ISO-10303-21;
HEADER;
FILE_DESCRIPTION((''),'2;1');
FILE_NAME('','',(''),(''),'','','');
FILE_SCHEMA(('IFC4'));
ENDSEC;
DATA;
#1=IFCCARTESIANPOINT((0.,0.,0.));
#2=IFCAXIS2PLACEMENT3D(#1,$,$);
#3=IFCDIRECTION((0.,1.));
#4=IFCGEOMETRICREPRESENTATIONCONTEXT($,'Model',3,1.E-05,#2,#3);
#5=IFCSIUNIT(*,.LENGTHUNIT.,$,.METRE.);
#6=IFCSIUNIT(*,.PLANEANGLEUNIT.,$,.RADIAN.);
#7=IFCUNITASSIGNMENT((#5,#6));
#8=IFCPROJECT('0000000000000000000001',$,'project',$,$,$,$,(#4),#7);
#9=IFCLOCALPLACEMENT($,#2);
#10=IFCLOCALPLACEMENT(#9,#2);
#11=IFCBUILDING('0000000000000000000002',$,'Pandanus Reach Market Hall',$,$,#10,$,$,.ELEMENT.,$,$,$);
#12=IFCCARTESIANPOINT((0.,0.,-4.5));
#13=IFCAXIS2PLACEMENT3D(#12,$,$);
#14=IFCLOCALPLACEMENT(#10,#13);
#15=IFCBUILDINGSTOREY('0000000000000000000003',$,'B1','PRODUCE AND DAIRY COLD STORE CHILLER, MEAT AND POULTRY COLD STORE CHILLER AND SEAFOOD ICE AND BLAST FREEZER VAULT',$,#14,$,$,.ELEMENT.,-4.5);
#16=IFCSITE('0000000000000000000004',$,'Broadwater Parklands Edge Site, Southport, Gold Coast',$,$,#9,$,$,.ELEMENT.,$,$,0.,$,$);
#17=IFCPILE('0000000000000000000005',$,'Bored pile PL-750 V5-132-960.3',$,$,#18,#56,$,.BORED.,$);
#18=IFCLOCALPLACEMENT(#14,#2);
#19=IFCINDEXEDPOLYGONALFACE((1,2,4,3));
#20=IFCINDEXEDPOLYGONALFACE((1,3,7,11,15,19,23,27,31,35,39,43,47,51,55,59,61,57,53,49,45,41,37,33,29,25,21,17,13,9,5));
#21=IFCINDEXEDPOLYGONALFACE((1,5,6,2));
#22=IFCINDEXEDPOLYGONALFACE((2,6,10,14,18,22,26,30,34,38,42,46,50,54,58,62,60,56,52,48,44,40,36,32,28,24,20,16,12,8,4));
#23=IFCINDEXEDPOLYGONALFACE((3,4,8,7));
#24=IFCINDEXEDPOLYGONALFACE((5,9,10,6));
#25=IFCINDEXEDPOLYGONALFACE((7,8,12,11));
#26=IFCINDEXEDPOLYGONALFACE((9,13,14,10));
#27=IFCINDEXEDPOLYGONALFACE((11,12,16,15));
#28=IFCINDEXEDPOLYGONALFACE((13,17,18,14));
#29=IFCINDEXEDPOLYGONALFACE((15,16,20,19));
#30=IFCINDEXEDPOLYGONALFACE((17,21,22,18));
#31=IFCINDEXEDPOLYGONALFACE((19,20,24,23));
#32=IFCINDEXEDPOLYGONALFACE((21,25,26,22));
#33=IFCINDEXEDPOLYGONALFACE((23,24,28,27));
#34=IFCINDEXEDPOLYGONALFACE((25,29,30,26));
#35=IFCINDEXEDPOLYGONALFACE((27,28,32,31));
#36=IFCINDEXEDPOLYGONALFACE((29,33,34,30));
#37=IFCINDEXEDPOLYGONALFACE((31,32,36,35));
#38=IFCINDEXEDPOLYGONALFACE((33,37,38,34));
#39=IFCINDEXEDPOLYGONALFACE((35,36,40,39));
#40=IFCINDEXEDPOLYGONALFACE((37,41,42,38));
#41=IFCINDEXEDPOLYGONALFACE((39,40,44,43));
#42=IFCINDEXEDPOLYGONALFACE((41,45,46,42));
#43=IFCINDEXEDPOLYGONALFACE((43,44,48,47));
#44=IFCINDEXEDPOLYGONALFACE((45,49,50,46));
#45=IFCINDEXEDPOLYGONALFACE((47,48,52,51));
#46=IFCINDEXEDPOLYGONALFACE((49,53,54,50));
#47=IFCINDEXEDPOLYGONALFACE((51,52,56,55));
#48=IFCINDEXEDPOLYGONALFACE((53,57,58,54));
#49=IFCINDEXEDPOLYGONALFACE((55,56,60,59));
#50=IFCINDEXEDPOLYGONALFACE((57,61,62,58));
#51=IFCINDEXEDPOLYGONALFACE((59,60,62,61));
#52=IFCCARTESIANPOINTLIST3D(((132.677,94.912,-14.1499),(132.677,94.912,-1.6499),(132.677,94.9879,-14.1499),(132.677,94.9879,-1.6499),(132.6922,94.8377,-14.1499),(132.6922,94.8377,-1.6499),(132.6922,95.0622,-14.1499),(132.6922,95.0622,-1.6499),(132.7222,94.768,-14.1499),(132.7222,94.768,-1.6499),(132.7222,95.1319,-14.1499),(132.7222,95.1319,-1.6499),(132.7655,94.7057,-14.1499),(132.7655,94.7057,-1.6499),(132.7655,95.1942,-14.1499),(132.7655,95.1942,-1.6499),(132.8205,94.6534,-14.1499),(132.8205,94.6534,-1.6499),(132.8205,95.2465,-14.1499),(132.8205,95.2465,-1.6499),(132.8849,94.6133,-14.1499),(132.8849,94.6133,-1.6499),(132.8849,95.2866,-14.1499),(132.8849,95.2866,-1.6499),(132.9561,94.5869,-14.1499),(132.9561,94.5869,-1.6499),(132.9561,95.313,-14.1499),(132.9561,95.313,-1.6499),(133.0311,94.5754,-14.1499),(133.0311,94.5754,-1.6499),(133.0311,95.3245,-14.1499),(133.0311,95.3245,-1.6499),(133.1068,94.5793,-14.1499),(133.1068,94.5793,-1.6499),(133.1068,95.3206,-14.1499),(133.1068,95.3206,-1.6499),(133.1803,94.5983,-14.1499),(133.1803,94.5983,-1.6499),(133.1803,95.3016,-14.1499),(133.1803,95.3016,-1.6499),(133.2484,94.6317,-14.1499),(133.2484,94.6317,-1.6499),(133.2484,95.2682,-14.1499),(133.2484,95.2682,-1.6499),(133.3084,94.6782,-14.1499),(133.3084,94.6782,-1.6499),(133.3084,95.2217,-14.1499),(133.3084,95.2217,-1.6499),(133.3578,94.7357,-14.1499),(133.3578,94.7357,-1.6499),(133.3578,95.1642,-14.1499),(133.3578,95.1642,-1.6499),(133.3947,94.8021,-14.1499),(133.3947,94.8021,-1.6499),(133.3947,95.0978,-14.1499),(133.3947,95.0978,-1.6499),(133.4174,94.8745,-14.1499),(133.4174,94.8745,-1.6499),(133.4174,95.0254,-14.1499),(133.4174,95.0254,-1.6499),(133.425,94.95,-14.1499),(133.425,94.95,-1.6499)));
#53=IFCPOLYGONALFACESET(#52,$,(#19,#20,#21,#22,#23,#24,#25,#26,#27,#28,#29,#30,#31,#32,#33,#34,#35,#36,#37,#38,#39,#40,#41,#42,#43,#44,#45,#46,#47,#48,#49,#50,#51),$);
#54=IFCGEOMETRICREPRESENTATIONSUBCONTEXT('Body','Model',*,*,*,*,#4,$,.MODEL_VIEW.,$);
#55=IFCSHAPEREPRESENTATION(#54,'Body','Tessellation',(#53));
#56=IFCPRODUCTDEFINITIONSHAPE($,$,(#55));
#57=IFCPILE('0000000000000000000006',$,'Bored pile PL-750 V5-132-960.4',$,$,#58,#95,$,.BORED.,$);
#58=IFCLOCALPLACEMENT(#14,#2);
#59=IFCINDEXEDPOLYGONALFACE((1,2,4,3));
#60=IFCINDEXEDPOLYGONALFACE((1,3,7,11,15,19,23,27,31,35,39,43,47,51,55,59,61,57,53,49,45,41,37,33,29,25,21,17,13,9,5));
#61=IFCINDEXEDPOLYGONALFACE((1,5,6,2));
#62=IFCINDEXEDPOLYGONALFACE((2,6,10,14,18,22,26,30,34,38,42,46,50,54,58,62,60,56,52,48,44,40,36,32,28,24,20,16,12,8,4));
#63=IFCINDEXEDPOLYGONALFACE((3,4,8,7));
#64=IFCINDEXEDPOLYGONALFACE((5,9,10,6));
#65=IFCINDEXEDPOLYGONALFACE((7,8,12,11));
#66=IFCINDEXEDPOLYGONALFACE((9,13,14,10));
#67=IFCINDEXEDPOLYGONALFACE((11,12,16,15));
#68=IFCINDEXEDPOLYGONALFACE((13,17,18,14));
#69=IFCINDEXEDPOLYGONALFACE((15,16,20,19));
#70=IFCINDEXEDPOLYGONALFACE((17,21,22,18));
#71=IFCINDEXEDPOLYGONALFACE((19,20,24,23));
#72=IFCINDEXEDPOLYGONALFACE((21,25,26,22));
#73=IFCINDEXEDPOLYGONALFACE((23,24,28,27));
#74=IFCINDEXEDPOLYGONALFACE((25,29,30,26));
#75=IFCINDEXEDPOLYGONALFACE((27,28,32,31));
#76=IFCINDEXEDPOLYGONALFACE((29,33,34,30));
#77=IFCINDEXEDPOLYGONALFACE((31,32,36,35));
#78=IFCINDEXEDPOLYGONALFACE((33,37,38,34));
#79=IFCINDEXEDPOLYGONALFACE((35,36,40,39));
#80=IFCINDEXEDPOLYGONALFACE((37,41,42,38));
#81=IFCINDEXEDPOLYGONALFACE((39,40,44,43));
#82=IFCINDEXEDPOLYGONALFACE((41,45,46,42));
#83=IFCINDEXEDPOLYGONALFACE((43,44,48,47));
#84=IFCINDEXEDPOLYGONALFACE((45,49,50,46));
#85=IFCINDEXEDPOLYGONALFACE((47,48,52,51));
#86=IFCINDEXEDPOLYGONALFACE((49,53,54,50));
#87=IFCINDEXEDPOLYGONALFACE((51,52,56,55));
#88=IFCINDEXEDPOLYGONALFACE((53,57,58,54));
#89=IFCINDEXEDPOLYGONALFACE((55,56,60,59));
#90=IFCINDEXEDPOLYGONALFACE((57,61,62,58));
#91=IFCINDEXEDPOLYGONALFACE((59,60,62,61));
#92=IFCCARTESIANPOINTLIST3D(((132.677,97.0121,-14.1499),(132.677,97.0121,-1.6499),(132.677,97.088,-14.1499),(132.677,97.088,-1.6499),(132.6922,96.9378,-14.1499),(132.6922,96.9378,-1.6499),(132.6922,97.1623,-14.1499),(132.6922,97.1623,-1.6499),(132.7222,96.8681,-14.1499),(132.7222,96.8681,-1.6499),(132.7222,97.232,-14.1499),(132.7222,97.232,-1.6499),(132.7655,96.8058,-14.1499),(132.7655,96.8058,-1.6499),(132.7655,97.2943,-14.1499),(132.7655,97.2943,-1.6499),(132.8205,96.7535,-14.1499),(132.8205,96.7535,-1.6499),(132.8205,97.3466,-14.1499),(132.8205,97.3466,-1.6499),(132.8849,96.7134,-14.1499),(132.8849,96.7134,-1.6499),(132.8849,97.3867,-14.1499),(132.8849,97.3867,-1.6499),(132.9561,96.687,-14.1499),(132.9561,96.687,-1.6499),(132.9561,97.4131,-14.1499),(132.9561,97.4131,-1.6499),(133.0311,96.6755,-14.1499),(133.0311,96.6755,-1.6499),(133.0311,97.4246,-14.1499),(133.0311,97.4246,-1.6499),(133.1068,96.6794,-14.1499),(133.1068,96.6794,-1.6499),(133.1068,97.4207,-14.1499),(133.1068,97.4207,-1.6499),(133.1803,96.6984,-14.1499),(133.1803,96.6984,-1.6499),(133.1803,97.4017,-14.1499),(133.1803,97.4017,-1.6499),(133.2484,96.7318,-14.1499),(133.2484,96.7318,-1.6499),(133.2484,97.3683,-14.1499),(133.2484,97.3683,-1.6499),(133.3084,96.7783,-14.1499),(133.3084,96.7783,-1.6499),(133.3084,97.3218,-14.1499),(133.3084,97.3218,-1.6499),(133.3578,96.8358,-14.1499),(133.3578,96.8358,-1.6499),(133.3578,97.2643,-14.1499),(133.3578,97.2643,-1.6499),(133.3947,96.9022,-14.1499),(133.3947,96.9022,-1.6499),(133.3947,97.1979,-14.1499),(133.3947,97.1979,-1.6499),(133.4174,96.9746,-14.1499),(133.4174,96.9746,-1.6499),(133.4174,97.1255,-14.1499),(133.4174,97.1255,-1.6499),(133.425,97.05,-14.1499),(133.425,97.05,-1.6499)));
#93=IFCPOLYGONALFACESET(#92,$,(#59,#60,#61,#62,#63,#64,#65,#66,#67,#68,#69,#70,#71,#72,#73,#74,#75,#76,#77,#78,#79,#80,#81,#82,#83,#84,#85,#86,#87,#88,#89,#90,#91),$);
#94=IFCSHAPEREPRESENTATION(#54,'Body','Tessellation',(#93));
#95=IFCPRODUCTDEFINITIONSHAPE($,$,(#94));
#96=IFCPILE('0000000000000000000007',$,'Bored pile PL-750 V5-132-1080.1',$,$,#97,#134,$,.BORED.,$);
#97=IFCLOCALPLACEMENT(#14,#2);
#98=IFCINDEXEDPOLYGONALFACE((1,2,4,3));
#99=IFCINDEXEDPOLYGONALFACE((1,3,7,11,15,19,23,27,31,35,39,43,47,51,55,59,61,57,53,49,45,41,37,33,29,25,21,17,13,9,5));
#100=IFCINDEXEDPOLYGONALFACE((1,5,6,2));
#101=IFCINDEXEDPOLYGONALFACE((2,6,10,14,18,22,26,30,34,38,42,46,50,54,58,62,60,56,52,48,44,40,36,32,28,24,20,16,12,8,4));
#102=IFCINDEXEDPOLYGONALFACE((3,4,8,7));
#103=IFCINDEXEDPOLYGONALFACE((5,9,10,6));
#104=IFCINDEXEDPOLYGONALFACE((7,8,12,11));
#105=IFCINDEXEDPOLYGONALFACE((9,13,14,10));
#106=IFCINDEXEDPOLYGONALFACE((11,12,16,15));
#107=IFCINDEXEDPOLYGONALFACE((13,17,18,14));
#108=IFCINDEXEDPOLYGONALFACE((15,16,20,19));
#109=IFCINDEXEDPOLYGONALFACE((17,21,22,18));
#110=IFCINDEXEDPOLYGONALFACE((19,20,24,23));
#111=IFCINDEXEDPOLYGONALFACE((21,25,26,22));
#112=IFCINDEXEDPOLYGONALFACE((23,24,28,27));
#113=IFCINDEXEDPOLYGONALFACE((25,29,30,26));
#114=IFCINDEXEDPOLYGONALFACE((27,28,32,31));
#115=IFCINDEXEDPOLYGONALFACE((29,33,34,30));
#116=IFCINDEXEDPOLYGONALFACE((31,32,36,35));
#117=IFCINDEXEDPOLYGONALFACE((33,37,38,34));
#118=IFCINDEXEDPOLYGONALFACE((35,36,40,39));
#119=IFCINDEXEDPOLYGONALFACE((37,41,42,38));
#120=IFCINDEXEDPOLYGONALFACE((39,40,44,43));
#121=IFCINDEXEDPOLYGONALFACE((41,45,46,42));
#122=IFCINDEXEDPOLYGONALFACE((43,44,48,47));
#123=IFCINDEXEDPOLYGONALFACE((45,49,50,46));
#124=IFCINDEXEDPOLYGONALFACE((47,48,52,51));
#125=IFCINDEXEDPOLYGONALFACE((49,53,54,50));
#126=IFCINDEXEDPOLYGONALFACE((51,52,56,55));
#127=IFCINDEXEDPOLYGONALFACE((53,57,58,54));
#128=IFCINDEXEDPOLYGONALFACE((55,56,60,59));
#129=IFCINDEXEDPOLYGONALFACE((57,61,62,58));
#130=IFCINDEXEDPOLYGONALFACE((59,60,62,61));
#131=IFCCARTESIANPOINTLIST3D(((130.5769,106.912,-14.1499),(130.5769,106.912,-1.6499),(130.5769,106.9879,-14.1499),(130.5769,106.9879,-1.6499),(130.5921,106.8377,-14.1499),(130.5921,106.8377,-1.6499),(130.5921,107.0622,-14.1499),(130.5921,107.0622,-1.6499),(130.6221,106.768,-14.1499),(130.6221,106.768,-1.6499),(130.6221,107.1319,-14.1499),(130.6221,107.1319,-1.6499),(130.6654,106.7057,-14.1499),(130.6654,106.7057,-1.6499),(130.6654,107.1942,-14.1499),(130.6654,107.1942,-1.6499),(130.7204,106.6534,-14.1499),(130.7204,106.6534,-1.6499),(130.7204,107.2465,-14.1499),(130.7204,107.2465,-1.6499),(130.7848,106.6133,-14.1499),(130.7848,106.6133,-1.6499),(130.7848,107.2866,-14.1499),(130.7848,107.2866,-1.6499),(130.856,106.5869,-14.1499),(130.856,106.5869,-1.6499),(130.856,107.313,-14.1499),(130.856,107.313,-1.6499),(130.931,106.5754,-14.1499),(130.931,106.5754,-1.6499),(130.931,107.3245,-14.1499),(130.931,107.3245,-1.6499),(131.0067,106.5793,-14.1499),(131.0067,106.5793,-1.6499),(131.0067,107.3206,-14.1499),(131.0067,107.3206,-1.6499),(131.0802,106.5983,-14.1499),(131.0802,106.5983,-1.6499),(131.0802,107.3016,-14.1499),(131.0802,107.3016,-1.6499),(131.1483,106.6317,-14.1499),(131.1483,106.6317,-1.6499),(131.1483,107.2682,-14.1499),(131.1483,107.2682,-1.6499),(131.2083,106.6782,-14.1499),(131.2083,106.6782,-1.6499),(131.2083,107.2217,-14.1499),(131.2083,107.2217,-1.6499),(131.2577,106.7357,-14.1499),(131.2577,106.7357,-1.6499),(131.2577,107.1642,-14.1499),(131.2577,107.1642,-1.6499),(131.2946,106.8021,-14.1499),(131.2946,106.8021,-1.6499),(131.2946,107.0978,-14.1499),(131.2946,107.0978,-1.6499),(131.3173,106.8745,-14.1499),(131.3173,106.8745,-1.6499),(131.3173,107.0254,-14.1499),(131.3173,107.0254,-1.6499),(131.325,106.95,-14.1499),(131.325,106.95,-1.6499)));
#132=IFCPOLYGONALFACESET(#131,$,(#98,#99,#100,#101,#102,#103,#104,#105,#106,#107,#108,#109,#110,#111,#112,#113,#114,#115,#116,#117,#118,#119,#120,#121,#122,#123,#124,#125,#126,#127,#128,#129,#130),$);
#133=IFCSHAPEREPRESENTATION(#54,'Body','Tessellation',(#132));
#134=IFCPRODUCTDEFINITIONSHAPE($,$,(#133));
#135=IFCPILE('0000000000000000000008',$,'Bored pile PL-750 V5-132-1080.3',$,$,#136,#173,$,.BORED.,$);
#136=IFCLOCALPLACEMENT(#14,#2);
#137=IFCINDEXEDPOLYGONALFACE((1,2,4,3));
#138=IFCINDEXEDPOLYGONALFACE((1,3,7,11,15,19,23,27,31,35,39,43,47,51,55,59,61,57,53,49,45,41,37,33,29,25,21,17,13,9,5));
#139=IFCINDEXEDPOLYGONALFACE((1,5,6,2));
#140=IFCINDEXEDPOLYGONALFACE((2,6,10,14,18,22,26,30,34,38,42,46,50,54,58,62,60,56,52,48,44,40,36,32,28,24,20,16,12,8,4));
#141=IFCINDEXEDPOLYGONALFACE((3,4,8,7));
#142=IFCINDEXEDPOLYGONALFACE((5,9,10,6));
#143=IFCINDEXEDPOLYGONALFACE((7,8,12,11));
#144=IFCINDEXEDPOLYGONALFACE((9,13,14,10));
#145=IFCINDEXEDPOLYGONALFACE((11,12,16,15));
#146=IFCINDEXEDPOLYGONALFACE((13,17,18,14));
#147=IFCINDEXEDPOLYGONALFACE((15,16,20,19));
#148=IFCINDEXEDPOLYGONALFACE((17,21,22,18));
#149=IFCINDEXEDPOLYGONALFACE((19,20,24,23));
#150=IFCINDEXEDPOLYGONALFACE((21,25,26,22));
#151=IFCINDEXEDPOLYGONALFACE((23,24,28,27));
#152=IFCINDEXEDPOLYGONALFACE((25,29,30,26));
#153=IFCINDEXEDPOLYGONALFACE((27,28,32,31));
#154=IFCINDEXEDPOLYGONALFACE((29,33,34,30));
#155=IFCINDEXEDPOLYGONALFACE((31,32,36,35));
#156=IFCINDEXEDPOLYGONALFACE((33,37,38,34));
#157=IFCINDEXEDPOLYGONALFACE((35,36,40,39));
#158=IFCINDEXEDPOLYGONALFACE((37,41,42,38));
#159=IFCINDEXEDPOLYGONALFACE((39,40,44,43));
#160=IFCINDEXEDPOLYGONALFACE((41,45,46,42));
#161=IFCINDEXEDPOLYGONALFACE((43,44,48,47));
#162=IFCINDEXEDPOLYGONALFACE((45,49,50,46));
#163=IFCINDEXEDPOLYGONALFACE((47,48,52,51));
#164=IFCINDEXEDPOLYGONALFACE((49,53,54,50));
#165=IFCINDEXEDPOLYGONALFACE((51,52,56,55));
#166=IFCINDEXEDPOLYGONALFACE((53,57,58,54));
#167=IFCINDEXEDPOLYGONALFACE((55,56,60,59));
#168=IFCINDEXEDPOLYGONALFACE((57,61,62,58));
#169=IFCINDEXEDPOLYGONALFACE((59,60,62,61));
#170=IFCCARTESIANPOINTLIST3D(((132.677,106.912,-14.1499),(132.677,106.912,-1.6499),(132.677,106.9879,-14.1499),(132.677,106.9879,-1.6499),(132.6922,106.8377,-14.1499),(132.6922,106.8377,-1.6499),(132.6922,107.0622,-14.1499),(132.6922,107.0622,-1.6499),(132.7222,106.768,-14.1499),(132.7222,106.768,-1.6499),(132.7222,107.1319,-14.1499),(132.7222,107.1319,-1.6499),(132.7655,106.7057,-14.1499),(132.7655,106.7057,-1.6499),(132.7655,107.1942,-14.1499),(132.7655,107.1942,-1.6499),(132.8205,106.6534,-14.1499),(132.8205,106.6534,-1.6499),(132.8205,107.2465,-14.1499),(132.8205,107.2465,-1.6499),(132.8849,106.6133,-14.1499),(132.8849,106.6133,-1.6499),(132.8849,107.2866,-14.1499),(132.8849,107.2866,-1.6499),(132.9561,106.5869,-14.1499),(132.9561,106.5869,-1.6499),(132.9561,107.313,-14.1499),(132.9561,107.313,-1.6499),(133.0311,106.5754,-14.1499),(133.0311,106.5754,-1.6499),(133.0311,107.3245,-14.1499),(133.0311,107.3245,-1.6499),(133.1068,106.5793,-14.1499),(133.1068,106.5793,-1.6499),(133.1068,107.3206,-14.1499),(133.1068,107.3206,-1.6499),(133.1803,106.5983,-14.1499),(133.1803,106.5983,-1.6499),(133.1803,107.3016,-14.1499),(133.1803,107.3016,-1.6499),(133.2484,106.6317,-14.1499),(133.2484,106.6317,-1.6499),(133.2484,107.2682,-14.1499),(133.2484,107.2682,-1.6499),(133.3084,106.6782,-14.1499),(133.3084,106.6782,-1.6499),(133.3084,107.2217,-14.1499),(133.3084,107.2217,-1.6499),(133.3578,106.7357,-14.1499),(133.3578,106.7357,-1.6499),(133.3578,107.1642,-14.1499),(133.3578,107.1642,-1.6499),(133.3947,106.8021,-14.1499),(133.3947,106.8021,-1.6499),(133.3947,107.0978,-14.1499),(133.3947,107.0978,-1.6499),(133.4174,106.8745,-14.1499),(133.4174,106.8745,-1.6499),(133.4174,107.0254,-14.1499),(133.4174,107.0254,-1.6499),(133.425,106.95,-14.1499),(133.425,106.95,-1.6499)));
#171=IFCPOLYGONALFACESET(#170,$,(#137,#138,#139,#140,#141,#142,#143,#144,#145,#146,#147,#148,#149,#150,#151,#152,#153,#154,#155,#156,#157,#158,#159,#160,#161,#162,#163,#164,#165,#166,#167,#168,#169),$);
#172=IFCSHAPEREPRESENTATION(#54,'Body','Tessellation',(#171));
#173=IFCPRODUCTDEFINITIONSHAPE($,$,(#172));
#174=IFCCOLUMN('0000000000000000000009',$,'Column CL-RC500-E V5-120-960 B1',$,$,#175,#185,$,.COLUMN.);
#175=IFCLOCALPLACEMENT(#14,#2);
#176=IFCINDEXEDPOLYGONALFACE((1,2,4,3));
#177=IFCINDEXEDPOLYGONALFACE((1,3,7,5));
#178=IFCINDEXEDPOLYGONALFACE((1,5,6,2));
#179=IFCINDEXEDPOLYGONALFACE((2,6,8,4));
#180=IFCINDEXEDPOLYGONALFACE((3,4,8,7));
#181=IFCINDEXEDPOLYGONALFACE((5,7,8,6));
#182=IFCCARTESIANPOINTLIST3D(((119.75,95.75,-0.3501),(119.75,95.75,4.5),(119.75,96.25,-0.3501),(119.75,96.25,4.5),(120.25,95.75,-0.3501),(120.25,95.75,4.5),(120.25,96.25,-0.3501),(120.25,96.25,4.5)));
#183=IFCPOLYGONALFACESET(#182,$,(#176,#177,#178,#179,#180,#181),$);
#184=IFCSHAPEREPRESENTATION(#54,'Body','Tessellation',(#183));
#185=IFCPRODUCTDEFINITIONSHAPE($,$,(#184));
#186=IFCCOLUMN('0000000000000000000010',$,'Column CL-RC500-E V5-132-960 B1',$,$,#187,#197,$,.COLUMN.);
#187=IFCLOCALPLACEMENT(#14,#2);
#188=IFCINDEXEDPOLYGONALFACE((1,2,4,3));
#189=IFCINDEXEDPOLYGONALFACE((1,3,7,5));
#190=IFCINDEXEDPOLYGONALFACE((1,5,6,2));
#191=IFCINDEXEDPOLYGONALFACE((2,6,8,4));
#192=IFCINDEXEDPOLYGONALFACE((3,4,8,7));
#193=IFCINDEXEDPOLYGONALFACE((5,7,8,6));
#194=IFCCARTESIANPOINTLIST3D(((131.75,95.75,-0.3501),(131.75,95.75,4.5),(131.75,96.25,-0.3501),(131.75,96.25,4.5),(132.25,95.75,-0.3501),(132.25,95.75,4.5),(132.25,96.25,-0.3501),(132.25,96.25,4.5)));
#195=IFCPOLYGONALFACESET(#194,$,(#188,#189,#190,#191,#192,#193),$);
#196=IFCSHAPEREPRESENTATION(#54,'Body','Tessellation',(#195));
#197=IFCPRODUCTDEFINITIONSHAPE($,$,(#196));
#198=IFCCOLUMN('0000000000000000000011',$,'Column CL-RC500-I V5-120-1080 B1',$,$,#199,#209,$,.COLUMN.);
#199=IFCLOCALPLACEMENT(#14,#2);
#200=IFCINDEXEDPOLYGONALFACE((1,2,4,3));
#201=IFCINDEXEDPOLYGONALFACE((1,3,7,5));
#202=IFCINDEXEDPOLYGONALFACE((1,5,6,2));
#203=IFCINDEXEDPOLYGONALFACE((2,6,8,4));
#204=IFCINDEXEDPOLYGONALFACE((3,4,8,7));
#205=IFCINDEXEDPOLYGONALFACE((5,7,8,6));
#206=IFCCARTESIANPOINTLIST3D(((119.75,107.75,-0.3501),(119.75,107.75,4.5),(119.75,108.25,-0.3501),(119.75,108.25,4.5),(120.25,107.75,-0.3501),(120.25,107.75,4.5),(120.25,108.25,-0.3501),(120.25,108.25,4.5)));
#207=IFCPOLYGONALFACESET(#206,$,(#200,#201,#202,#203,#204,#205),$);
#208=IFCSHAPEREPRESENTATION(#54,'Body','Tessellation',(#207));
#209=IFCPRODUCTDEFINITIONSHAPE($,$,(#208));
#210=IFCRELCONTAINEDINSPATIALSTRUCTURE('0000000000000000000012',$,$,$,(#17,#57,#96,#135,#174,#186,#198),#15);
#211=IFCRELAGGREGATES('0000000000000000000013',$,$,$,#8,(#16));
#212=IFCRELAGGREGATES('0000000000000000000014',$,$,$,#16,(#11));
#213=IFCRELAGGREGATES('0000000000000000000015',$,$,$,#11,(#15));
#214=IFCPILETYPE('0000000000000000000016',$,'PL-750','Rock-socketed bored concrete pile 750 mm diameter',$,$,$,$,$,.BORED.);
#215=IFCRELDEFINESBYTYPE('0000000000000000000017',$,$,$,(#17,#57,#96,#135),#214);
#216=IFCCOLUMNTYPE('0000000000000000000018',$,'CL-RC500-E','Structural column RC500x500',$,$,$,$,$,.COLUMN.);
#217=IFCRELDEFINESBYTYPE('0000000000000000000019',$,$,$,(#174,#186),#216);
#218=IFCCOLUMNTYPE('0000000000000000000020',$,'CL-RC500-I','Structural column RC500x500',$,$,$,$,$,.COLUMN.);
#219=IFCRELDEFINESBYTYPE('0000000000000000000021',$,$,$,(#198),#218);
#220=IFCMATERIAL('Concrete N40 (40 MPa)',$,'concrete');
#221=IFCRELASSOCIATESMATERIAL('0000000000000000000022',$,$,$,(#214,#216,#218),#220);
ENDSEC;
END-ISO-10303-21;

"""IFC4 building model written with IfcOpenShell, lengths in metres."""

from ifc_helpers import new_model, si_unit, direction, frame, origin, origin_2d, place, context, subcontext, project, spatial, rectangle, circle, extrude, material, material_profile, profile_set, type_object, element, save


model = new_model("IFC4")

# Units and contexts
model_context = context("Model", 3, precision=1e-05, world=origin(), true_north=direction((0.0, 1.0)))
body_context = subcontext(model_context, "Body", "Model", "MODEL_VIEW")
ifc_project = project(units=[si_unit("LENGTHUNIT", "METRE"), si_unit("PLANEANGLEUNIT", "RADIAN")], contexts=[model_context])

# Site, building, storey
site_placement = place(None, origin())
site = spatial("IfcSite", under=ifc_project, at=site_placement, Name="Broadwater Parklands Edge Site, Southport, Gold Coast", CompositionType="ELEMENT", RefElevation=0.0)
building_placement = place(site_placement, origin())
building = spatial("IfcBuilding", under=site, at=building_placement, Name="Pandanus Reach Market Hall", CompositionType="ELEMENT")
storey_placement = place(building_placement, frame((0.0, 0.0, -4.5)))
storey = spatial("IfcBuildingStorey", under=building, at=storey_placement, Name="B1", Description="PRODUCE AND DAIRY COLD STORE CHILLER, MEAT AND POULTRY COLD STORE CHILLER AND SEAFOOD ICE AND BLAST FREEZER VAULT", CompositionType="ELEMENT", Elevation=-4.5)

# Shared definitions
ifc_material_1 = material(Name="Concrete N40 (40 MPa)", Category="concrete")

# Piles
ifc_material_profile_1 = material_profile(ifc_material_1, circle(Radius=0.375, at=origin_2d()), Name="PILE-750D", Category="LoadBearing")
ifc_profile_set_1 = profile_set([ifc_material_profile_1], Name="Concrete N40 (40 MPa)")
pile_type = type_object("IfcPileType", Name="PL-750", Description="Rock-socketed bored concrete pile 750 mm diameter", PredefinedType="BORED", material=ifc_profile_set_1)
for number, where, z_axis, x_axis, name in (
    (1, (133.05, 94.95, -1.6499), (0.0, 0.0, -1.0), (1.0, 0.0, 0.0), "Bored pile PL-750 V5-132-960.3"),
    (2, (133.05, 97.05, -1.6499), (0.0, 0.0, -1.0), (1.0, 0.0, 0.0), "Bored pile PL-750 V5-132-960.4"),
    (3, (130.95, 106.95, -1.6499), (0.0, 0.0, -1.0), (1.0, 0.0, 0.0), "Bored pile PL-750 V5-132-1080.1"),
    (4, (133.05, 106.95, -1.6499), (0.0, 0.0, -1.0), (1.0, 0.0, 0.0), "Bored pile PL-750 V5-132-1080.3"),
):
    element("IfcPile", number, at=place(storey_placement, frame(where, z_axis=z_axis, x_axis=x_axis)), inside=storey, type_object=pile_type, Name=name, PredefinedType="BORED", context=body_context, shape_type="SweptSolid", body=[
        extrude(circle(Radius=0.375, at=origin_2d()), origin(), (0.0, 0.0, 1.0), 12.5),
    ])

# Columns
ifc_material_profile_2 = material_profile(ifc_material_1, rectangle(XDim=0.5, YDim=0.5, at=origin_2d()), Name="RC500x500", Category="LoadBearing")
ifc_profile_set_2 = profile_set([ifc_material_profile_2], Name="Concrete N40 (40 MPa)")
column_type_1 = type_object("IfcColumnType", Name="CL-RC500-E", Description="Structural column RC500x500", PredefinedType="COLUMN", material=ifc_profile_set_2)
for number, where, z_axis, x_axis, name in (
    (5, (120.0, 96.0, -0.3501), (0.0, 0.0, 1.0), (1.0, 0.0, 0.0), "Column CL-RC500-E V5-120-960 B1"),
    (6, (132.0, 96.0, -0.3501), (0.0, 0.0, 1.0), (1.0, 0.0, 0.0), "Column CL-RC500-E V5-132-960 B1"),
):
    element("IfcColumn", number, at=place(storey_placement, frame(where, z_axis=z_axis, x_axis=x_axis)), inside=storey, type_object=column_type_1, Name=name, PredefinedType="COLUMN", context=body_context, shape_type="SweptSolid", body=[
        extrude(rectangle(XDim=0.5, YDim=0.5, at=origin_2d()), origin(), (0.0, 0.0, 1.0), 4.8501),
    ])
ifc_material_profile_3 = material_profile(ifc_material_1, rectangle(XDim=0.5, YDim=0.5, at=origin_2d()), Name="RC500x500", Category="LoadBearing")
ifc_profile_set_3 = profile_set([ifc_material_profile_3], Name="Concrete N40 (40 MPa)")
column_type_2 = type_object("IfcColumnType", Name="CL-RC500-I", Description="Structural column RC500x500", PredefinedType="COLUMN", material=ifc_profile_set_3)
column_placement = place(storey_placement, frame((120.0, 108.0, -0.3501), z_axis=(0.0, 0.0, 1.0), x_axis=(1.0, 0.0, 0.0)))
element("IfcColumn", 7, at=column_placement, inside=storey, type_object=column_type_2, Name="Column CL-RC500-I V5-120-1080 B1", PredefinedType="COLUMN", context=body_context, shape_type="SweptSolid", body=[
    extrude(rectangle(XDim=0.5, YDim=0.5, at=origin_2d()), origin(), (0.0, 0.0, 1.0), 4.8501),
])

save(model, "model.ifc")
